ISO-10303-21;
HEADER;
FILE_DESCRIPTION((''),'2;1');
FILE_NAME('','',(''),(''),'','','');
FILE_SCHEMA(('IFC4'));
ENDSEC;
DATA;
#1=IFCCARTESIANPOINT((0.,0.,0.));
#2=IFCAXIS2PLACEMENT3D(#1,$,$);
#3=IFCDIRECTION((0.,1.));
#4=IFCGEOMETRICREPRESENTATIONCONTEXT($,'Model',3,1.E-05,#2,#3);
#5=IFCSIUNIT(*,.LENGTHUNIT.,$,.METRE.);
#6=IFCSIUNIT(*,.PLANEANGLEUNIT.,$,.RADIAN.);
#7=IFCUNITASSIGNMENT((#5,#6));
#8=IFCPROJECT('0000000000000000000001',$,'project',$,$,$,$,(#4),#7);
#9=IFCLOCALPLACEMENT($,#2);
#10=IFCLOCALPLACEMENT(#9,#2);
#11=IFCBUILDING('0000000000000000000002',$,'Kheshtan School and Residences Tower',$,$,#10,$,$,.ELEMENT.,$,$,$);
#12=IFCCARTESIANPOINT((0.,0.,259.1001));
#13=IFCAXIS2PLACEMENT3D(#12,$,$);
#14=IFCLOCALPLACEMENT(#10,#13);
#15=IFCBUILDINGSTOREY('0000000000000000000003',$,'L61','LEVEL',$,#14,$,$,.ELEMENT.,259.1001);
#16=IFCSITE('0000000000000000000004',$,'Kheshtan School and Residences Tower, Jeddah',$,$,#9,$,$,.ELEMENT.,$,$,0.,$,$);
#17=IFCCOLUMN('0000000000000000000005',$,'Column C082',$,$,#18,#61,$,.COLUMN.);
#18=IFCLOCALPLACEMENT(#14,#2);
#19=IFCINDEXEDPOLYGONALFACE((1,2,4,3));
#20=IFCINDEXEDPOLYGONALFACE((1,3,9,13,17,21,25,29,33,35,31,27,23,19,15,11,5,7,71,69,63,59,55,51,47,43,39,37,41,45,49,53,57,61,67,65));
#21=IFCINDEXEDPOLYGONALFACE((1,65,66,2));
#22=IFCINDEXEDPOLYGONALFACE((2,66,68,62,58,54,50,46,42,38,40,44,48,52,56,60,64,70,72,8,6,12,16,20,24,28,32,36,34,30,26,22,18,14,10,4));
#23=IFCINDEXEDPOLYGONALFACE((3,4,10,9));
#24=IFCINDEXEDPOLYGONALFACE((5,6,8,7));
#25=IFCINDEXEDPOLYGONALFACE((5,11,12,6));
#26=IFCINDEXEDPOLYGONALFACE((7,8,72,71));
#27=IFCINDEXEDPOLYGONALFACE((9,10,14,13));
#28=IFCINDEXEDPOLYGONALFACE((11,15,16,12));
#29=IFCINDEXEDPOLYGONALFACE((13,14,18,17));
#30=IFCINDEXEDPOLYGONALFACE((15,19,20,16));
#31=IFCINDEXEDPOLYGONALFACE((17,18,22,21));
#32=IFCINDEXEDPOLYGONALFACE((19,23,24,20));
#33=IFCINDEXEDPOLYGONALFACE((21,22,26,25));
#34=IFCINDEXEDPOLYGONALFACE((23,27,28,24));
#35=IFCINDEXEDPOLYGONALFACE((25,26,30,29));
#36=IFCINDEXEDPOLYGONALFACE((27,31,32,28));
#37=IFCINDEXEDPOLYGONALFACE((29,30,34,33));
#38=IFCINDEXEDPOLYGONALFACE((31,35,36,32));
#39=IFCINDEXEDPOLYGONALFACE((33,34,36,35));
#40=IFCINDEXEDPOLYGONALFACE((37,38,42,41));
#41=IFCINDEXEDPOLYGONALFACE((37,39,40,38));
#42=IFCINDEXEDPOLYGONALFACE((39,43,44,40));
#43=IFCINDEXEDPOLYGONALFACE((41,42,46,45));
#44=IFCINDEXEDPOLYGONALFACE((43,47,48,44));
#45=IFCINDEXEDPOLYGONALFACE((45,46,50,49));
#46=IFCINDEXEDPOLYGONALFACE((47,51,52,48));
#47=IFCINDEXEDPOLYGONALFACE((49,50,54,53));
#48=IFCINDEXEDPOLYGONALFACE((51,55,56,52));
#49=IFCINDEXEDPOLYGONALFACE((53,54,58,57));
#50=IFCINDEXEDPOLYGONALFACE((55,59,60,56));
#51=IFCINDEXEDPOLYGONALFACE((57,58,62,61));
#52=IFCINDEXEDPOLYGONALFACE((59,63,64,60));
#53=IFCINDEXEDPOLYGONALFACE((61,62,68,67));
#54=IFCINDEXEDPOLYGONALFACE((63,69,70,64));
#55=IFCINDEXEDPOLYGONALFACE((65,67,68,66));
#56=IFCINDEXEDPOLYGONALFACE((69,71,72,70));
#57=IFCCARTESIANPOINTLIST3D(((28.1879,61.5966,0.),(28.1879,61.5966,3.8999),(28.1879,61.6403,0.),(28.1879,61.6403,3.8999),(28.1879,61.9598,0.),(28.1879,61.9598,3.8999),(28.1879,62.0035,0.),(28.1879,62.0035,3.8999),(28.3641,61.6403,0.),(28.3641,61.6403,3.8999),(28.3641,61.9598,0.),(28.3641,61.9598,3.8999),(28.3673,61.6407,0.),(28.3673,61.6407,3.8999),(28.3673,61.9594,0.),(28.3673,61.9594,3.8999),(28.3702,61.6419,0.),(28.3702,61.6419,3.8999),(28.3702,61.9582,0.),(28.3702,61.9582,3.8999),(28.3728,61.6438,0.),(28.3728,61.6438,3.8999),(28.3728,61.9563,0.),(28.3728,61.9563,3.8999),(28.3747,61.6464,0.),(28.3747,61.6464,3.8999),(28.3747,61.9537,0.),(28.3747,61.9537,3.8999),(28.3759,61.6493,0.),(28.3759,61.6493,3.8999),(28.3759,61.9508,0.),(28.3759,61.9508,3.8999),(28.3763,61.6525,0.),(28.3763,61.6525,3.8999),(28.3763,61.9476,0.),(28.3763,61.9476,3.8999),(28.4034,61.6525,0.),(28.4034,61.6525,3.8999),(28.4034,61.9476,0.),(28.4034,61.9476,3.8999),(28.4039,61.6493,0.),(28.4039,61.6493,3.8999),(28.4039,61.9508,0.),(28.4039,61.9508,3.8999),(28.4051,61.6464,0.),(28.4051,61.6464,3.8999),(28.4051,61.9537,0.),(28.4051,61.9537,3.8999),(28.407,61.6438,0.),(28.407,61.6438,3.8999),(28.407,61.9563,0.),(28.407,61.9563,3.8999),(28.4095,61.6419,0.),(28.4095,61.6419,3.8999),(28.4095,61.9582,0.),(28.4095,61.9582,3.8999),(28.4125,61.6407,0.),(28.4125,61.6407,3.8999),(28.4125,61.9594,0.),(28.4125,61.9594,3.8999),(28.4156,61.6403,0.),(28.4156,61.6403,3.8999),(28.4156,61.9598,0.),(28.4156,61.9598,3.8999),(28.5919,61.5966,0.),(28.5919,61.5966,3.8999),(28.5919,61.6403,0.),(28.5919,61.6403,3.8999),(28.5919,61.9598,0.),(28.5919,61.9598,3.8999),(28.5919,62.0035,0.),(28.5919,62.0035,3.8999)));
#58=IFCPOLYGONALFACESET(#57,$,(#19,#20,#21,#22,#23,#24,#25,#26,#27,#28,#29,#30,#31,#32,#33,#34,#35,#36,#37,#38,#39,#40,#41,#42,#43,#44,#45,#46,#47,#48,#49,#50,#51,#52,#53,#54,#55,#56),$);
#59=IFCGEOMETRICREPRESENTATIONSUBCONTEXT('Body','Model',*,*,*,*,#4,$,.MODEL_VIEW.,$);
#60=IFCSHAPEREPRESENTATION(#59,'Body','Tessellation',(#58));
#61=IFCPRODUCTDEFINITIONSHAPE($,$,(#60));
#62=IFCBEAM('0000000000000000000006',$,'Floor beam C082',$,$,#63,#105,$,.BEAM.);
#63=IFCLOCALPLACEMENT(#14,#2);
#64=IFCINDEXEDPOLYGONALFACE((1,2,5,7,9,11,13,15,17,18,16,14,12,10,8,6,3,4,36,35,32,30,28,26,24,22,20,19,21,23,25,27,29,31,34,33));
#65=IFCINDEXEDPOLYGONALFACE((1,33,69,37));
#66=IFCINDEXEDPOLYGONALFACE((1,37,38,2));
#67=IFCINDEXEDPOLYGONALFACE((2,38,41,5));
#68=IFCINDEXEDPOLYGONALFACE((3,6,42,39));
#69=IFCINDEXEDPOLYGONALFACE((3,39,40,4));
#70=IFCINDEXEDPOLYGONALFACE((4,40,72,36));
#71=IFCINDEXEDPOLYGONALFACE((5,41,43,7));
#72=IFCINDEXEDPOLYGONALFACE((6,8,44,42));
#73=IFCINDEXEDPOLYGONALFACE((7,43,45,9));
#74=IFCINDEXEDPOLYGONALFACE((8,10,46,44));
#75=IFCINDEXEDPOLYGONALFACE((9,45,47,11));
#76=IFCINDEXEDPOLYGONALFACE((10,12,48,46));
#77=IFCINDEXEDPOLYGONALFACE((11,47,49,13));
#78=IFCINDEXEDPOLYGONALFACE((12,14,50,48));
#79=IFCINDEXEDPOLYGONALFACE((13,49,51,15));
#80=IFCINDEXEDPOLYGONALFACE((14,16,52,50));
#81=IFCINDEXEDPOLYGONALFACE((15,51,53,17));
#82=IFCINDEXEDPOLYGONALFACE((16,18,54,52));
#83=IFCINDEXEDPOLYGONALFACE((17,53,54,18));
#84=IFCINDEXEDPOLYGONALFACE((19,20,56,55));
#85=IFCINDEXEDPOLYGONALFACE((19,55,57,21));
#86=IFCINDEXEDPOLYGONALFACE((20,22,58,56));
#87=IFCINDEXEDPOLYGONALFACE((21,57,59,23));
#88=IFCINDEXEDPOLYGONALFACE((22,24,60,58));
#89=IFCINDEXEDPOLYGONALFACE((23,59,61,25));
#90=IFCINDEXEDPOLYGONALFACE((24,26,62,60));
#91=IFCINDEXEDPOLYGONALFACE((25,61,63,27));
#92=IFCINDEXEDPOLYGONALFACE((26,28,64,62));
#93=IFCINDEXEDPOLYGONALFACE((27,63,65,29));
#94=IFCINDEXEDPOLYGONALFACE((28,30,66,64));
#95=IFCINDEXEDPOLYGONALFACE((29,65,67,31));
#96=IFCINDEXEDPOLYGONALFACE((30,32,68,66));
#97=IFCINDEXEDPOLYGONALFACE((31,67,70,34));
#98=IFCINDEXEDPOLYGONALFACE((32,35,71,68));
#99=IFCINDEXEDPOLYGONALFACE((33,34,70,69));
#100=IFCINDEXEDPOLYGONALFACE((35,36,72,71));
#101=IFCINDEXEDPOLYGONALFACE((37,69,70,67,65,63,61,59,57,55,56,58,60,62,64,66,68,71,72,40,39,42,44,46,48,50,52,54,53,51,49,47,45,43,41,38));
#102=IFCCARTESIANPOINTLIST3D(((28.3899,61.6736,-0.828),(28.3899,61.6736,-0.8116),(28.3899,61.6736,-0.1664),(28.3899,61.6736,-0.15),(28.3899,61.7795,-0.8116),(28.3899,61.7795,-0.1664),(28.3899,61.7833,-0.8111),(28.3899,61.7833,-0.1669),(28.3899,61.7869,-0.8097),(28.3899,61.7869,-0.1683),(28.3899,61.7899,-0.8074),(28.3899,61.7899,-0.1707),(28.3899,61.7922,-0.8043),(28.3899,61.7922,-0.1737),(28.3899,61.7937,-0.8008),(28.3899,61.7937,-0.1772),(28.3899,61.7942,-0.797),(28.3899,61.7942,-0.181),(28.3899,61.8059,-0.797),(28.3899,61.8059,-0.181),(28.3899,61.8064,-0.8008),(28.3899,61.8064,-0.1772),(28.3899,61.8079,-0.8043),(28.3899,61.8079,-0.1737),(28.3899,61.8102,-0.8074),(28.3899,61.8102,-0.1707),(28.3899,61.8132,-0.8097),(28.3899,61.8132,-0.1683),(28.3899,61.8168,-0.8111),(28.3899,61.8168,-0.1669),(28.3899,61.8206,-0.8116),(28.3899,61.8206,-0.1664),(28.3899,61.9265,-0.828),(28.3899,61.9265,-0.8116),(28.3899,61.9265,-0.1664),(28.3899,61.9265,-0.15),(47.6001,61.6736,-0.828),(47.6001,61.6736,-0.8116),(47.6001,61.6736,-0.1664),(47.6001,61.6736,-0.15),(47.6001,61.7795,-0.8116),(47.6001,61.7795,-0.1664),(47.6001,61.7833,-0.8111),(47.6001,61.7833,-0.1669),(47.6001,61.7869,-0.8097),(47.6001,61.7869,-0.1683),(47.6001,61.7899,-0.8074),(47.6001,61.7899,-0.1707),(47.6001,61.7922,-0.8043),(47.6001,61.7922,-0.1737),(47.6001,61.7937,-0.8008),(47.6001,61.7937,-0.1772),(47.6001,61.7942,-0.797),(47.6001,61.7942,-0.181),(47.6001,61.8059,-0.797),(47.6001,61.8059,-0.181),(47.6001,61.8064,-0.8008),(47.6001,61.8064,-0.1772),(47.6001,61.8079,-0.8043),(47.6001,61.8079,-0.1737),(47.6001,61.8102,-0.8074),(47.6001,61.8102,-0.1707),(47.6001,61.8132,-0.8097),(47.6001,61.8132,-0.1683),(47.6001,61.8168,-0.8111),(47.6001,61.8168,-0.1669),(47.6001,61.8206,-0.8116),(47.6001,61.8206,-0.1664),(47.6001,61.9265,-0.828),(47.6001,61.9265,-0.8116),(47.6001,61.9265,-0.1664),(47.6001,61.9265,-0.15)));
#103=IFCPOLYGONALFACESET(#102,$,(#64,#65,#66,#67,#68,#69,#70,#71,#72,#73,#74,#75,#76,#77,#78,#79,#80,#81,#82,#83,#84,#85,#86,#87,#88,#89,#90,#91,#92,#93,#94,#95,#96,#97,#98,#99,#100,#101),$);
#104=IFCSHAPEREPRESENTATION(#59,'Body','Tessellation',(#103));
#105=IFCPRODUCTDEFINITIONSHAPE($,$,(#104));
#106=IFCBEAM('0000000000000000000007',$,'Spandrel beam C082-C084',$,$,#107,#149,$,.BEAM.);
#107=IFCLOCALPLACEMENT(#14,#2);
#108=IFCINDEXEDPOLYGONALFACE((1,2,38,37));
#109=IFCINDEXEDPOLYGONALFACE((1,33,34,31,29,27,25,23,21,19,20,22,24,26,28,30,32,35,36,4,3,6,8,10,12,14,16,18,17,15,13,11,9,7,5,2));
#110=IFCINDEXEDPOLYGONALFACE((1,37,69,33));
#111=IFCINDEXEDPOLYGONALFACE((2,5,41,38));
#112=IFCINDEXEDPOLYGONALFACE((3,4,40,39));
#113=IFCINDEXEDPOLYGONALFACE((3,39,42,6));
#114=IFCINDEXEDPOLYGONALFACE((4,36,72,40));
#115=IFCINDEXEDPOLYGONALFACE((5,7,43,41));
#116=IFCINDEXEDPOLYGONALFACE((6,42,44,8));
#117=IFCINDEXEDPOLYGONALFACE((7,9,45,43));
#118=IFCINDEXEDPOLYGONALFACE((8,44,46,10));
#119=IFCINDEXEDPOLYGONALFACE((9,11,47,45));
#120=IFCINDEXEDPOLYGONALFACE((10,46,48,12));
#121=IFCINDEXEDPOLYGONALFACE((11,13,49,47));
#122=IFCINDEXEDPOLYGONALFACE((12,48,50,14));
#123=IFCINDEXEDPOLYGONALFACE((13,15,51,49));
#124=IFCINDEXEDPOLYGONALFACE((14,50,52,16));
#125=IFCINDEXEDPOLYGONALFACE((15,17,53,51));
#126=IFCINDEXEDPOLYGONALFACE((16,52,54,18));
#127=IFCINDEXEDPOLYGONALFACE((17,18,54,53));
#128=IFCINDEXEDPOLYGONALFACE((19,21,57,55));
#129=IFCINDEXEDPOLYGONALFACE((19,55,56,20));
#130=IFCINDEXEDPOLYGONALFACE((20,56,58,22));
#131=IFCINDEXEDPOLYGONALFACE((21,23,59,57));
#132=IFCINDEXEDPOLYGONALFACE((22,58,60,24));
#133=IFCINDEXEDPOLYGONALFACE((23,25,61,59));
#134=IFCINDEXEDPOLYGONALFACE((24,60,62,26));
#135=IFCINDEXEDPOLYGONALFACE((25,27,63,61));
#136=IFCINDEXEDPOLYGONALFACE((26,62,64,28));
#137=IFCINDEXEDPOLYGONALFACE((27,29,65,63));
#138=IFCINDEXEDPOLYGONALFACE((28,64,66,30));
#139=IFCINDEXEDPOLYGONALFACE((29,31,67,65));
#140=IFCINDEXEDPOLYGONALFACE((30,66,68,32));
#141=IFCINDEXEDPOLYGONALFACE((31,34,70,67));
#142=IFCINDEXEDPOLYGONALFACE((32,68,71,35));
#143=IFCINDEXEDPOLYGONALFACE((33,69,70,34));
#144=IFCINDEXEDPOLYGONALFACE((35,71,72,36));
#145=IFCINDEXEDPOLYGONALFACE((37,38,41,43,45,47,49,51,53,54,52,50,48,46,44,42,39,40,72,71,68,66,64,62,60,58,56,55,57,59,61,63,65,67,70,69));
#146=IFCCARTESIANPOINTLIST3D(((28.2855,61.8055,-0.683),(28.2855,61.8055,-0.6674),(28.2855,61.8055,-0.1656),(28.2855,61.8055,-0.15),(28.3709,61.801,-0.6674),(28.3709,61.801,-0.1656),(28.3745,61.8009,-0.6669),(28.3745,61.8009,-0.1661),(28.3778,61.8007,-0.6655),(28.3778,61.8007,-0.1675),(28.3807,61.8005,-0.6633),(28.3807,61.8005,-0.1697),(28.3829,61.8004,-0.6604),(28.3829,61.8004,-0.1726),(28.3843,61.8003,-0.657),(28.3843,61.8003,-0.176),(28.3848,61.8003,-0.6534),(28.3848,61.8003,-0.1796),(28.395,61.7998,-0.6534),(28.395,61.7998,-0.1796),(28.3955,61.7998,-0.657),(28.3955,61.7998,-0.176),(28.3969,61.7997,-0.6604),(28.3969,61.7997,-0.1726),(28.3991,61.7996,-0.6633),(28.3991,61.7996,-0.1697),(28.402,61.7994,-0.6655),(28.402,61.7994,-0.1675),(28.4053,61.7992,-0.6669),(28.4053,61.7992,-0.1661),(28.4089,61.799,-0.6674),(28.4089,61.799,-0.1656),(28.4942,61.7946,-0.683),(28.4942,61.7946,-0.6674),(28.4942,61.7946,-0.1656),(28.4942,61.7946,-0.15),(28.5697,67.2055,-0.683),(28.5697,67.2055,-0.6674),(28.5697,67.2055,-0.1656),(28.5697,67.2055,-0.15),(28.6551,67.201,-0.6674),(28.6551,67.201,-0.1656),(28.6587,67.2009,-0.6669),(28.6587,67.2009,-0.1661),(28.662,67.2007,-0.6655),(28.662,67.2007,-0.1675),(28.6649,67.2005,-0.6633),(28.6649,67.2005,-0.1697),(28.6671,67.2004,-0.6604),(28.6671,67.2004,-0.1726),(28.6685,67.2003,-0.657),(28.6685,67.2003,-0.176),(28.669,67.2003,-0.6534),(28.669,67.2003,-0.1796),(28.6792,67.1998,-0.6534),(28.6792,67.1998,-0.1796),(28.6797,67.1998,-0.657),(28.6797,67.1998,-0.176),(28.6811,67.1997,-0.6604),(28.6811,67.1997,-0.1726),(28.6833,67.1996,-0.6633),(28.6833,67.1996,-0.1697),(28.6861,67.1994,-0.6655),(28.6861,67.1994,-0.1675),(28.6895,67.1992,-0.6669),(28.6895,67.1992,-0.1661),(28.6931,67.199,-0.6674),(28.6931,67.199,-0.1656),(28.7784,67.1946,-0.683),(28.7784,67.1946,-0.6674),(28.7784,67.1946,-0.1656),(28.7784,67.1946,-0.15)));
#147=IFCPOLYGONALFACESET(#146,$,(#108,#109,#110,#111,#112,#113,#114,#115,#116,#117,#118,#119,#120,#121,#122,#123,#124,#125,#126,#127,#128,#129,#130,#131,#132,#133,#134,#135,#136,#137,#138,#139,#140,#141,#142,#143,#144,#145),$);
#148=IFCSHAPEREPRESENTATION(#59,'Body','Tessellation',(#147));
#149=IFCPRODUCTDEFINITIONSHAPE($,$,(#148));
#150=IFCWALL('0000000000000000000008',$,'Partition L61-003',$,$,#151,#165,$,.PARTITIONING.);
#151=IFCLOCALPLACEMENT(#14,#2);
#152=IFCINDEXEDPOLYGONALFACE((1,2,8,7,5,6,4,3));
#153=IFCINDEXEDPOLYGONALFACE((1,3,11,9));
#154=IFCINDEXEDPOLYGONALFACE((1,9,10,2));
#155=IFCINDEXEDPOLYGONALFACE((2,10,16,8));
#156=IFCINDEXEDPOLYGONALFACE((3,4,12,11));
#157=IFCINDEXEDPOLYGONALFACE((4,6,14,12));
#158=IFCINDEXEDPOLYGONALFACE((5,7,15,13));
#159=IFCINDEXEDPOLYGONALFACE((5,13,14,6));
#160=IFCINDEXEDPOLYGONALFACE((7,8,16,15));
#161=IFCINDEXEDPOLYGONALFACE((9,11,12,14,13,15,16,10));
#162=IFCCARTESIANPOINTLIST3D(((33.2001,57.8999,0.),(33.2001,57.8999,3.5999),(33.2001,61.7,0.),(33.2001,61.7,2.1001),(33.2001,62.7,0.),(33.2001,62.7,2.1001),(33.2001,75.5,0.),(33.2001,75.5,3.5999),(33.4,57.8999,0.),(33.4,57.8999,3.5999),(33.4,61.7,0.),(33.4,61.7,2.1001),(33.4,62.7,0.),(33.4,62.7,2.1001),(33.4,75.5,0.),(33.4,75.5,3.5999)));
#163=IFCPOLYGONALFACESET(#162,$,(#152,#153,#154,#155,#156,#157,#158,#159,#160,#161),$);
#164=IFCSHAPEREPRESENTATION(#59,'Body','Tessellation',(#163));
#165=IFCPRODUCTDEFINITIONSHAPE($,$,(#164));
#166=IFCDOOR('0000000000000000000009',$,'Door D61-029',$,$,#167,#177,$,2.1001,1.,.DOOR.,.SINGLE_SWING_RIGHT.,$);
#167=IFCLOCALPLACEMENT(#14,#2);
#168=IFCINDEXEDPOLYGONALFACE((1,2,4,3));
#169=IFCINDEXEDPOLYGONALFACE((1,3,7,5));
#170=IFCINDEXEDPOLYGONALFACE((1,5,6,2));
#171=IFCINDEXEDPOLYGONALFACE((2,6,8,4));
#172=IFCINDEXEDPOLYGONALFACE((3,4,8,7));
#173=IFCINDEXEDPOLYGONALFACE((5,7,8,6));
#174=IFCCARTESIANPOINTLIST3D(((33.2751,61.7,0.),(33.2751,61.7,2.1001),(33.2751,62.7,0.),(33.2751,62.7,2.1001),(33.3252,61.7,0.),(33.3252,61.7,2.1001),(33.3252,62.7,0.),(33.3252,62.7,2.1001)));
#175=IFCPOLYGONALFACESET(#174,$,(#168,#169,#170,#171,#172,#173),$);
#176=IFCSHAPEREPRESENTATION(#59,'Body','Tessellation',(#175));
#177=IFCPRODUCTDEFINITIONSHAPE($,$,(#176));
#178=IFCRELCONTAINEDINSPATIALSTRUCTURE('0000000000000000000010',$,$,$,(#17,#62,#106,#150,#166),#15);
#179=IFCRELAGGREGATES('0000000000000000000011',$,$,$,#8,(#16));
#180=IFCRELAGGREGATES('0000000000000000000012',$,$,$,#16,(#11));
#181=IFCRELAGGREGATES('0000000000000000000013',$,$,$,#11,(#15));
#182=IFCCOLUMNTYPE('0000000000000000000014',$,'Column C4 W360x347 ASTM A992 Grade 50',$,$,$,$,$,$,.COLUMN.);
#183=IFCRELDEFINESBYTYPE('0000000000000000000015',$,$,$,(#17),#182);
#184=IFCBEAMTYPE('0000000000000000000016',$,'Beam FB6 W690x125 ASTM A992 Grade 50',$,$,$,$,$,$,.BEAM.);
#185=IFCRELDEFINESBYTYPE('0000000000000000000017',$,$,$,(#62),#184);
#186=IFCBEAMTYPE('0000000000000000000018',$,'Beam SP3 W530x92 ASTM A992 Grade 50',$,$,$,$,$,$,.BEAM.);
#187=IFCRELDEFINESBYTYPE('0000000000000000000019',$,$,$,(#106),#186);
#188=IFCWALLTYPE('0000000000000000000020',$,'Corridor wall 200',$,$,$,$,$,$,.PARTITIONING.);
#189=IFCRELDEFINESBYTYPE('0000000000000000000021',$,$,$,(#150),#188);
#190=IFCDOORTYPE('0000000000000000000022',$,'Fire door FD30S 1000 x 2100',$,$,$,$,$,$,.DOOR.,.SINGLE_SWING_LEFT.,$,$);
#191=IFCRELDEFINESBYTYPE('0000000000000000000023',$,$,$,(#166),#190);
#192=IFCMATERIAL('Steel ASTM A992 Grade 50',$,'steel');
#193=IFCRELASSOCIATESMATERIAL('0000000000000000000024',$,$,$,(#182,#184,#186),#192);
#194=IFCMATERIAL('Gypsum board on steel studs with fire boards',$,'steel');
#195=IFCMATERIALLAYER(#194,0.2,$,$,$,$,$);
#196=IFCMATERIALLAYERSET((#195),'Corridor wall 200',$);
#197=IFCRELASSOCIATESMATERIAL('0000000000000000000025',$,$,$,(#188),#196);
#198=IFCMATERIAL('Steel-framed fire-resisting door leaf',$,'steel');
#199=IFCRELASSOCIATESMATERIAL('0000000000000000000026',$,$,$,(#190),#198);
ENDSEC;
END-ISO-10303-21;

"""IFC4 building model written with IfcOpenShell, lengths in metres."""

from ifc_helpers import new_model, si_unit, direction, frame, frame_2d, origin, origin_2d, place, context, subcontext, project, spatial, rectangle, i_section, extrude, source, transform, mapped, material, layer, layer_set, material_profile, profile_set, type_object, element, fill, save


model = new_model("IFC4")

# Units and contexts
model_context = context("Model", 3, precision=1e-05, world=origin(), true_north=direction((0.0, 1.0)))
body_context = subcontext(model_context, "Body", "Model", "MODEL_VIEW")
ifc_project = project(units=[si_unit("LENGTHUNIT", "METRE"), si_unit("PLANEANGLEUNIT", "RADIAN")], contexts=[model_context])

# Site, building, storey
site_placement = place(None, origin())
site = spatial("IfcSite", under=ifc_project, at=site_placement, Name="Kheshtan School and Residences Tower, Jeddah", CompositionType="ELEMENT", RefElevation=0.0)
building_placement = place(site_placement, origin())
building = spatial("IfcBuilding", under=site, at=building_placement, Name="Kheshtan School and Residences Tower", CompositionType="ELEMENT")
storey_placement = place(building_placement, frame((0.0, 0.0, 259.1001)))
storey = spatial("IfcBuildingStorey", under=building, at=storey_placement, Name="L61", Description="LEVEL", CompositionType="ELEMENT", Elevation=259.1001)

# Column
ifc_material_1 = material(Name="Steel ASTM A992 Grade 50", Category="steel")
ifc_material_profile_1 = material_profile(ifc_material_1, i_section(OverallWidth=0.4041, OverallDepth=0.407, WebThickness=0.0271, FlangeThickness=0.0437, FilletRadius=0.0122, at=origin_2d()), Name="W360x347")
ifc_profile_set_1 = profile_set([ifc_material_profile_1], Name="Steel ASTM A992 Grade 50")
column_type = type_object("IfcColumnType", Name="Column C4 W360x347 ASTM A992 Grade 50", PredefinedType="COLUMN", material=ifc_profile_set_1)
column_placement = place(storey_placement, frame((28.3899, 61.8, 0.0), z_axis=(0.0, 0.0, 1.0), x_axis=(1.0, 0.0, 0.0)))
element("IfcColumn", 1, at=column_placement, inside=storey, type_object=column_type, Name="Column C082", PredefinedType="COLUMN", context=body_context, shape_type="SweptSolid", body=[
    extrude(i_section(OverallWidth=0.4041, OverallDepth=0.407, WebThickness=0.0271, FlangeThickness=0.0437, FilletRadius=0.0122, at=origin_2d()), origin(), (0.0, 0.0, 1.0), 3.8999),
])

# Beams
ifc_material_profile_2 = material_profile(ifc_material_1, i_section(OverallWidth=0.2529, OverallDepth=0.678, WebThickness=0.0117, FlangeThickness=0.0164, FilletRadius=0.0146, at=origin_2d()), Name="W690x125")
ifc_profile_set_2 = profile_set([ifc_material_profile_2], Name="Steel ASTM A992 Grade 50")
beam_type_1 = type_object("IfcBeamType", Name="Beam FB6 W690x125 ASTM A992 Grade 50", PredefinedType="BEAM", material=ifc_profile_set_2)
beam_1_placement = place(storey_placement, frame((28.3899, 61.8, -0.489), z_axis=(1.0, 0.0, 0.0), x_axis=(0.0, 1.0, 0.0)))
element("IfcBeam", 2, at=beam_1_placement, inside=storey, type_object=beam_type_1, Name="Floor beam C082", PredefinedType="BEAM", context=body_context, shape_type="SweptSolid", body=[
    extrude(i_section(OverallWidth=0.2529, OverallDepth=0.678, WebThickness=0.0117, FlangeThickness=0.0164, FilletRadius=0.0146, at=origin_2d()), origin(), (0.0, 0.0, 1.0), 19.2102),
])
ifc_material_profile_3 = material_profile(ifc_material_1, i_section(OverallWidth=0.209, OverallDepth=0.533, WebThickness=0.0103, FlangeThickness=0.0156, FilletRadius=0.0139, at=origin_2d()), Name="W530x92")
ifc_profile_set_3 = profile_set([ifc_material_profile_3], Name="Steel ASTM A992 Grade 50")
beam_type_2 = type_object("IfcBeamType", Name="Beam SP3 W530x92 ASTM A992 Grade 50", PredefinedType="BEAM", material=ifc_profile_set_3)
beam_2_placement = place(storey_placement, frame((28.3899, 61.8, -0.4165), z_axis=(0.052554, 0.998618, 0.0), x_axis=(-0.998618, 0.052554, 0.0)))
element("IfcBeam", 3, at=beam_2_placement, inside=storey, type_object=beam_type_2, Name="Spandrel beam C082-C084", PredefinedType="BEAM", context=body_context, shape_type="SweptSolid", body=[
    extrude(i_section(OverallWidth=0.209, OverallDepth=0.533, WebThickness=0.0103, FlangeThickness=0.0156, FilletRadius=0.0139, at=origin_2d()), origin(), (0.0, 0.0, 1.0), 5.4075),
])

# Wall, opening, door
ifc_material_2 = material(Name="Gypsum board on steel studs with fire boards", Category="steel")
ifc_layer_1 = layer(ifc_material_2, 0.2)
ifc_layer_set_1 = layer_set([ifc_layer_1], Name="Corridor wall 200")
wall_type_1 = type_object("IfcWallType", Name="Corridor wall 200", PredefinedType="PARTITIONING", material=ifc_layer_set_1)
wall_1_placement = place(storey_placement, frame((33.3, 57.8999, 0.0), z_axis=(0.0, 0.0, 1.0), x_axis=(0.0, 1.0, 0.0)))
wall_1 = element("IfcWall", 4, at=wall_1_placement, inside=storey, type_object=wall_type_1, Name="Partition L61-003", PredefinedType="PARTITIONING", context=body_context, shape_type="SweptSolid", body=[
    extrude(rectangle(XDim=17.6001, YDim=0.2, at=frame_2d((8.8, 0.0))), origin(), (0.0, 0.0, 1.0), 3.5999),
])
opening_1_placement = place(wall_1_placement, frame((3.8, 0.0, 0.0)))
opening_1 = element("IfcOpeningElement", 5, at=opening_1_placement, cuts=wall_1, PredefinedType="OPENING", context=body_context, shape_type="SweptSolid", body=[
    extrude(rectangle(XDim=1.0, YDim=2.1001, at=frame_2d((0.5, 1.05))), frame((0.0, 0.1099, 0.0), z_axis=(0.0, -1.0, 0.0), x_axis=(1.0, 0.0, 0.0)), (0.0, 0.0, 1.0), 0.22),
])
ifc_material_3 = material(Name="Steel-framed fire-resisting door leaf", Category="steel")
door_type_1 = type_object("IfcDoorType", Name="Fire door FD30S 1000 x 2100", OperationType="SINGLE_SWING_LEFT", PredefinedType="DOOR", material=ifc_material_3)
shared_shape_1 = source(origin(), body_context, "Body", "SweptSolid", [
    extrude(rectangle(XDim=1.0, YDim=2.1001, at=frame_2d((0.5, 1.05))), frame((0.0, 0.0249, 0.0), z_axis=(0.0, -1.0, 0.0), x_axis=(1.0, 0.0, 0.0)), (0.0, 0.0, 1.0), 0.05),
])
door_1_placement = place(opening_1_placement, origin())
door_1 = element("IfcDoor", 6, at=door_1_placement, inside=storey, type_object=door_type_1, Name="Door D61-029", OperationType="SINGLE_SWING_RIGHT", OverallHeight=2.1001, OverallWidth=1.0, PredefinedType="DOOR", context=body_context, shape_type="MappedRepresentation", body=[
    mapped(shared_shape_1, transform((0.0, 0.0, 0.0), x_axis=(1.0, 0.0, 0.0), y_axis=(0.0, 1.0, 0.0), z_axis=(0.0, 0.0, 1.0), scale=1.0)),
])
fill(opening_1, door_1)

save(model, "model.ifc")
